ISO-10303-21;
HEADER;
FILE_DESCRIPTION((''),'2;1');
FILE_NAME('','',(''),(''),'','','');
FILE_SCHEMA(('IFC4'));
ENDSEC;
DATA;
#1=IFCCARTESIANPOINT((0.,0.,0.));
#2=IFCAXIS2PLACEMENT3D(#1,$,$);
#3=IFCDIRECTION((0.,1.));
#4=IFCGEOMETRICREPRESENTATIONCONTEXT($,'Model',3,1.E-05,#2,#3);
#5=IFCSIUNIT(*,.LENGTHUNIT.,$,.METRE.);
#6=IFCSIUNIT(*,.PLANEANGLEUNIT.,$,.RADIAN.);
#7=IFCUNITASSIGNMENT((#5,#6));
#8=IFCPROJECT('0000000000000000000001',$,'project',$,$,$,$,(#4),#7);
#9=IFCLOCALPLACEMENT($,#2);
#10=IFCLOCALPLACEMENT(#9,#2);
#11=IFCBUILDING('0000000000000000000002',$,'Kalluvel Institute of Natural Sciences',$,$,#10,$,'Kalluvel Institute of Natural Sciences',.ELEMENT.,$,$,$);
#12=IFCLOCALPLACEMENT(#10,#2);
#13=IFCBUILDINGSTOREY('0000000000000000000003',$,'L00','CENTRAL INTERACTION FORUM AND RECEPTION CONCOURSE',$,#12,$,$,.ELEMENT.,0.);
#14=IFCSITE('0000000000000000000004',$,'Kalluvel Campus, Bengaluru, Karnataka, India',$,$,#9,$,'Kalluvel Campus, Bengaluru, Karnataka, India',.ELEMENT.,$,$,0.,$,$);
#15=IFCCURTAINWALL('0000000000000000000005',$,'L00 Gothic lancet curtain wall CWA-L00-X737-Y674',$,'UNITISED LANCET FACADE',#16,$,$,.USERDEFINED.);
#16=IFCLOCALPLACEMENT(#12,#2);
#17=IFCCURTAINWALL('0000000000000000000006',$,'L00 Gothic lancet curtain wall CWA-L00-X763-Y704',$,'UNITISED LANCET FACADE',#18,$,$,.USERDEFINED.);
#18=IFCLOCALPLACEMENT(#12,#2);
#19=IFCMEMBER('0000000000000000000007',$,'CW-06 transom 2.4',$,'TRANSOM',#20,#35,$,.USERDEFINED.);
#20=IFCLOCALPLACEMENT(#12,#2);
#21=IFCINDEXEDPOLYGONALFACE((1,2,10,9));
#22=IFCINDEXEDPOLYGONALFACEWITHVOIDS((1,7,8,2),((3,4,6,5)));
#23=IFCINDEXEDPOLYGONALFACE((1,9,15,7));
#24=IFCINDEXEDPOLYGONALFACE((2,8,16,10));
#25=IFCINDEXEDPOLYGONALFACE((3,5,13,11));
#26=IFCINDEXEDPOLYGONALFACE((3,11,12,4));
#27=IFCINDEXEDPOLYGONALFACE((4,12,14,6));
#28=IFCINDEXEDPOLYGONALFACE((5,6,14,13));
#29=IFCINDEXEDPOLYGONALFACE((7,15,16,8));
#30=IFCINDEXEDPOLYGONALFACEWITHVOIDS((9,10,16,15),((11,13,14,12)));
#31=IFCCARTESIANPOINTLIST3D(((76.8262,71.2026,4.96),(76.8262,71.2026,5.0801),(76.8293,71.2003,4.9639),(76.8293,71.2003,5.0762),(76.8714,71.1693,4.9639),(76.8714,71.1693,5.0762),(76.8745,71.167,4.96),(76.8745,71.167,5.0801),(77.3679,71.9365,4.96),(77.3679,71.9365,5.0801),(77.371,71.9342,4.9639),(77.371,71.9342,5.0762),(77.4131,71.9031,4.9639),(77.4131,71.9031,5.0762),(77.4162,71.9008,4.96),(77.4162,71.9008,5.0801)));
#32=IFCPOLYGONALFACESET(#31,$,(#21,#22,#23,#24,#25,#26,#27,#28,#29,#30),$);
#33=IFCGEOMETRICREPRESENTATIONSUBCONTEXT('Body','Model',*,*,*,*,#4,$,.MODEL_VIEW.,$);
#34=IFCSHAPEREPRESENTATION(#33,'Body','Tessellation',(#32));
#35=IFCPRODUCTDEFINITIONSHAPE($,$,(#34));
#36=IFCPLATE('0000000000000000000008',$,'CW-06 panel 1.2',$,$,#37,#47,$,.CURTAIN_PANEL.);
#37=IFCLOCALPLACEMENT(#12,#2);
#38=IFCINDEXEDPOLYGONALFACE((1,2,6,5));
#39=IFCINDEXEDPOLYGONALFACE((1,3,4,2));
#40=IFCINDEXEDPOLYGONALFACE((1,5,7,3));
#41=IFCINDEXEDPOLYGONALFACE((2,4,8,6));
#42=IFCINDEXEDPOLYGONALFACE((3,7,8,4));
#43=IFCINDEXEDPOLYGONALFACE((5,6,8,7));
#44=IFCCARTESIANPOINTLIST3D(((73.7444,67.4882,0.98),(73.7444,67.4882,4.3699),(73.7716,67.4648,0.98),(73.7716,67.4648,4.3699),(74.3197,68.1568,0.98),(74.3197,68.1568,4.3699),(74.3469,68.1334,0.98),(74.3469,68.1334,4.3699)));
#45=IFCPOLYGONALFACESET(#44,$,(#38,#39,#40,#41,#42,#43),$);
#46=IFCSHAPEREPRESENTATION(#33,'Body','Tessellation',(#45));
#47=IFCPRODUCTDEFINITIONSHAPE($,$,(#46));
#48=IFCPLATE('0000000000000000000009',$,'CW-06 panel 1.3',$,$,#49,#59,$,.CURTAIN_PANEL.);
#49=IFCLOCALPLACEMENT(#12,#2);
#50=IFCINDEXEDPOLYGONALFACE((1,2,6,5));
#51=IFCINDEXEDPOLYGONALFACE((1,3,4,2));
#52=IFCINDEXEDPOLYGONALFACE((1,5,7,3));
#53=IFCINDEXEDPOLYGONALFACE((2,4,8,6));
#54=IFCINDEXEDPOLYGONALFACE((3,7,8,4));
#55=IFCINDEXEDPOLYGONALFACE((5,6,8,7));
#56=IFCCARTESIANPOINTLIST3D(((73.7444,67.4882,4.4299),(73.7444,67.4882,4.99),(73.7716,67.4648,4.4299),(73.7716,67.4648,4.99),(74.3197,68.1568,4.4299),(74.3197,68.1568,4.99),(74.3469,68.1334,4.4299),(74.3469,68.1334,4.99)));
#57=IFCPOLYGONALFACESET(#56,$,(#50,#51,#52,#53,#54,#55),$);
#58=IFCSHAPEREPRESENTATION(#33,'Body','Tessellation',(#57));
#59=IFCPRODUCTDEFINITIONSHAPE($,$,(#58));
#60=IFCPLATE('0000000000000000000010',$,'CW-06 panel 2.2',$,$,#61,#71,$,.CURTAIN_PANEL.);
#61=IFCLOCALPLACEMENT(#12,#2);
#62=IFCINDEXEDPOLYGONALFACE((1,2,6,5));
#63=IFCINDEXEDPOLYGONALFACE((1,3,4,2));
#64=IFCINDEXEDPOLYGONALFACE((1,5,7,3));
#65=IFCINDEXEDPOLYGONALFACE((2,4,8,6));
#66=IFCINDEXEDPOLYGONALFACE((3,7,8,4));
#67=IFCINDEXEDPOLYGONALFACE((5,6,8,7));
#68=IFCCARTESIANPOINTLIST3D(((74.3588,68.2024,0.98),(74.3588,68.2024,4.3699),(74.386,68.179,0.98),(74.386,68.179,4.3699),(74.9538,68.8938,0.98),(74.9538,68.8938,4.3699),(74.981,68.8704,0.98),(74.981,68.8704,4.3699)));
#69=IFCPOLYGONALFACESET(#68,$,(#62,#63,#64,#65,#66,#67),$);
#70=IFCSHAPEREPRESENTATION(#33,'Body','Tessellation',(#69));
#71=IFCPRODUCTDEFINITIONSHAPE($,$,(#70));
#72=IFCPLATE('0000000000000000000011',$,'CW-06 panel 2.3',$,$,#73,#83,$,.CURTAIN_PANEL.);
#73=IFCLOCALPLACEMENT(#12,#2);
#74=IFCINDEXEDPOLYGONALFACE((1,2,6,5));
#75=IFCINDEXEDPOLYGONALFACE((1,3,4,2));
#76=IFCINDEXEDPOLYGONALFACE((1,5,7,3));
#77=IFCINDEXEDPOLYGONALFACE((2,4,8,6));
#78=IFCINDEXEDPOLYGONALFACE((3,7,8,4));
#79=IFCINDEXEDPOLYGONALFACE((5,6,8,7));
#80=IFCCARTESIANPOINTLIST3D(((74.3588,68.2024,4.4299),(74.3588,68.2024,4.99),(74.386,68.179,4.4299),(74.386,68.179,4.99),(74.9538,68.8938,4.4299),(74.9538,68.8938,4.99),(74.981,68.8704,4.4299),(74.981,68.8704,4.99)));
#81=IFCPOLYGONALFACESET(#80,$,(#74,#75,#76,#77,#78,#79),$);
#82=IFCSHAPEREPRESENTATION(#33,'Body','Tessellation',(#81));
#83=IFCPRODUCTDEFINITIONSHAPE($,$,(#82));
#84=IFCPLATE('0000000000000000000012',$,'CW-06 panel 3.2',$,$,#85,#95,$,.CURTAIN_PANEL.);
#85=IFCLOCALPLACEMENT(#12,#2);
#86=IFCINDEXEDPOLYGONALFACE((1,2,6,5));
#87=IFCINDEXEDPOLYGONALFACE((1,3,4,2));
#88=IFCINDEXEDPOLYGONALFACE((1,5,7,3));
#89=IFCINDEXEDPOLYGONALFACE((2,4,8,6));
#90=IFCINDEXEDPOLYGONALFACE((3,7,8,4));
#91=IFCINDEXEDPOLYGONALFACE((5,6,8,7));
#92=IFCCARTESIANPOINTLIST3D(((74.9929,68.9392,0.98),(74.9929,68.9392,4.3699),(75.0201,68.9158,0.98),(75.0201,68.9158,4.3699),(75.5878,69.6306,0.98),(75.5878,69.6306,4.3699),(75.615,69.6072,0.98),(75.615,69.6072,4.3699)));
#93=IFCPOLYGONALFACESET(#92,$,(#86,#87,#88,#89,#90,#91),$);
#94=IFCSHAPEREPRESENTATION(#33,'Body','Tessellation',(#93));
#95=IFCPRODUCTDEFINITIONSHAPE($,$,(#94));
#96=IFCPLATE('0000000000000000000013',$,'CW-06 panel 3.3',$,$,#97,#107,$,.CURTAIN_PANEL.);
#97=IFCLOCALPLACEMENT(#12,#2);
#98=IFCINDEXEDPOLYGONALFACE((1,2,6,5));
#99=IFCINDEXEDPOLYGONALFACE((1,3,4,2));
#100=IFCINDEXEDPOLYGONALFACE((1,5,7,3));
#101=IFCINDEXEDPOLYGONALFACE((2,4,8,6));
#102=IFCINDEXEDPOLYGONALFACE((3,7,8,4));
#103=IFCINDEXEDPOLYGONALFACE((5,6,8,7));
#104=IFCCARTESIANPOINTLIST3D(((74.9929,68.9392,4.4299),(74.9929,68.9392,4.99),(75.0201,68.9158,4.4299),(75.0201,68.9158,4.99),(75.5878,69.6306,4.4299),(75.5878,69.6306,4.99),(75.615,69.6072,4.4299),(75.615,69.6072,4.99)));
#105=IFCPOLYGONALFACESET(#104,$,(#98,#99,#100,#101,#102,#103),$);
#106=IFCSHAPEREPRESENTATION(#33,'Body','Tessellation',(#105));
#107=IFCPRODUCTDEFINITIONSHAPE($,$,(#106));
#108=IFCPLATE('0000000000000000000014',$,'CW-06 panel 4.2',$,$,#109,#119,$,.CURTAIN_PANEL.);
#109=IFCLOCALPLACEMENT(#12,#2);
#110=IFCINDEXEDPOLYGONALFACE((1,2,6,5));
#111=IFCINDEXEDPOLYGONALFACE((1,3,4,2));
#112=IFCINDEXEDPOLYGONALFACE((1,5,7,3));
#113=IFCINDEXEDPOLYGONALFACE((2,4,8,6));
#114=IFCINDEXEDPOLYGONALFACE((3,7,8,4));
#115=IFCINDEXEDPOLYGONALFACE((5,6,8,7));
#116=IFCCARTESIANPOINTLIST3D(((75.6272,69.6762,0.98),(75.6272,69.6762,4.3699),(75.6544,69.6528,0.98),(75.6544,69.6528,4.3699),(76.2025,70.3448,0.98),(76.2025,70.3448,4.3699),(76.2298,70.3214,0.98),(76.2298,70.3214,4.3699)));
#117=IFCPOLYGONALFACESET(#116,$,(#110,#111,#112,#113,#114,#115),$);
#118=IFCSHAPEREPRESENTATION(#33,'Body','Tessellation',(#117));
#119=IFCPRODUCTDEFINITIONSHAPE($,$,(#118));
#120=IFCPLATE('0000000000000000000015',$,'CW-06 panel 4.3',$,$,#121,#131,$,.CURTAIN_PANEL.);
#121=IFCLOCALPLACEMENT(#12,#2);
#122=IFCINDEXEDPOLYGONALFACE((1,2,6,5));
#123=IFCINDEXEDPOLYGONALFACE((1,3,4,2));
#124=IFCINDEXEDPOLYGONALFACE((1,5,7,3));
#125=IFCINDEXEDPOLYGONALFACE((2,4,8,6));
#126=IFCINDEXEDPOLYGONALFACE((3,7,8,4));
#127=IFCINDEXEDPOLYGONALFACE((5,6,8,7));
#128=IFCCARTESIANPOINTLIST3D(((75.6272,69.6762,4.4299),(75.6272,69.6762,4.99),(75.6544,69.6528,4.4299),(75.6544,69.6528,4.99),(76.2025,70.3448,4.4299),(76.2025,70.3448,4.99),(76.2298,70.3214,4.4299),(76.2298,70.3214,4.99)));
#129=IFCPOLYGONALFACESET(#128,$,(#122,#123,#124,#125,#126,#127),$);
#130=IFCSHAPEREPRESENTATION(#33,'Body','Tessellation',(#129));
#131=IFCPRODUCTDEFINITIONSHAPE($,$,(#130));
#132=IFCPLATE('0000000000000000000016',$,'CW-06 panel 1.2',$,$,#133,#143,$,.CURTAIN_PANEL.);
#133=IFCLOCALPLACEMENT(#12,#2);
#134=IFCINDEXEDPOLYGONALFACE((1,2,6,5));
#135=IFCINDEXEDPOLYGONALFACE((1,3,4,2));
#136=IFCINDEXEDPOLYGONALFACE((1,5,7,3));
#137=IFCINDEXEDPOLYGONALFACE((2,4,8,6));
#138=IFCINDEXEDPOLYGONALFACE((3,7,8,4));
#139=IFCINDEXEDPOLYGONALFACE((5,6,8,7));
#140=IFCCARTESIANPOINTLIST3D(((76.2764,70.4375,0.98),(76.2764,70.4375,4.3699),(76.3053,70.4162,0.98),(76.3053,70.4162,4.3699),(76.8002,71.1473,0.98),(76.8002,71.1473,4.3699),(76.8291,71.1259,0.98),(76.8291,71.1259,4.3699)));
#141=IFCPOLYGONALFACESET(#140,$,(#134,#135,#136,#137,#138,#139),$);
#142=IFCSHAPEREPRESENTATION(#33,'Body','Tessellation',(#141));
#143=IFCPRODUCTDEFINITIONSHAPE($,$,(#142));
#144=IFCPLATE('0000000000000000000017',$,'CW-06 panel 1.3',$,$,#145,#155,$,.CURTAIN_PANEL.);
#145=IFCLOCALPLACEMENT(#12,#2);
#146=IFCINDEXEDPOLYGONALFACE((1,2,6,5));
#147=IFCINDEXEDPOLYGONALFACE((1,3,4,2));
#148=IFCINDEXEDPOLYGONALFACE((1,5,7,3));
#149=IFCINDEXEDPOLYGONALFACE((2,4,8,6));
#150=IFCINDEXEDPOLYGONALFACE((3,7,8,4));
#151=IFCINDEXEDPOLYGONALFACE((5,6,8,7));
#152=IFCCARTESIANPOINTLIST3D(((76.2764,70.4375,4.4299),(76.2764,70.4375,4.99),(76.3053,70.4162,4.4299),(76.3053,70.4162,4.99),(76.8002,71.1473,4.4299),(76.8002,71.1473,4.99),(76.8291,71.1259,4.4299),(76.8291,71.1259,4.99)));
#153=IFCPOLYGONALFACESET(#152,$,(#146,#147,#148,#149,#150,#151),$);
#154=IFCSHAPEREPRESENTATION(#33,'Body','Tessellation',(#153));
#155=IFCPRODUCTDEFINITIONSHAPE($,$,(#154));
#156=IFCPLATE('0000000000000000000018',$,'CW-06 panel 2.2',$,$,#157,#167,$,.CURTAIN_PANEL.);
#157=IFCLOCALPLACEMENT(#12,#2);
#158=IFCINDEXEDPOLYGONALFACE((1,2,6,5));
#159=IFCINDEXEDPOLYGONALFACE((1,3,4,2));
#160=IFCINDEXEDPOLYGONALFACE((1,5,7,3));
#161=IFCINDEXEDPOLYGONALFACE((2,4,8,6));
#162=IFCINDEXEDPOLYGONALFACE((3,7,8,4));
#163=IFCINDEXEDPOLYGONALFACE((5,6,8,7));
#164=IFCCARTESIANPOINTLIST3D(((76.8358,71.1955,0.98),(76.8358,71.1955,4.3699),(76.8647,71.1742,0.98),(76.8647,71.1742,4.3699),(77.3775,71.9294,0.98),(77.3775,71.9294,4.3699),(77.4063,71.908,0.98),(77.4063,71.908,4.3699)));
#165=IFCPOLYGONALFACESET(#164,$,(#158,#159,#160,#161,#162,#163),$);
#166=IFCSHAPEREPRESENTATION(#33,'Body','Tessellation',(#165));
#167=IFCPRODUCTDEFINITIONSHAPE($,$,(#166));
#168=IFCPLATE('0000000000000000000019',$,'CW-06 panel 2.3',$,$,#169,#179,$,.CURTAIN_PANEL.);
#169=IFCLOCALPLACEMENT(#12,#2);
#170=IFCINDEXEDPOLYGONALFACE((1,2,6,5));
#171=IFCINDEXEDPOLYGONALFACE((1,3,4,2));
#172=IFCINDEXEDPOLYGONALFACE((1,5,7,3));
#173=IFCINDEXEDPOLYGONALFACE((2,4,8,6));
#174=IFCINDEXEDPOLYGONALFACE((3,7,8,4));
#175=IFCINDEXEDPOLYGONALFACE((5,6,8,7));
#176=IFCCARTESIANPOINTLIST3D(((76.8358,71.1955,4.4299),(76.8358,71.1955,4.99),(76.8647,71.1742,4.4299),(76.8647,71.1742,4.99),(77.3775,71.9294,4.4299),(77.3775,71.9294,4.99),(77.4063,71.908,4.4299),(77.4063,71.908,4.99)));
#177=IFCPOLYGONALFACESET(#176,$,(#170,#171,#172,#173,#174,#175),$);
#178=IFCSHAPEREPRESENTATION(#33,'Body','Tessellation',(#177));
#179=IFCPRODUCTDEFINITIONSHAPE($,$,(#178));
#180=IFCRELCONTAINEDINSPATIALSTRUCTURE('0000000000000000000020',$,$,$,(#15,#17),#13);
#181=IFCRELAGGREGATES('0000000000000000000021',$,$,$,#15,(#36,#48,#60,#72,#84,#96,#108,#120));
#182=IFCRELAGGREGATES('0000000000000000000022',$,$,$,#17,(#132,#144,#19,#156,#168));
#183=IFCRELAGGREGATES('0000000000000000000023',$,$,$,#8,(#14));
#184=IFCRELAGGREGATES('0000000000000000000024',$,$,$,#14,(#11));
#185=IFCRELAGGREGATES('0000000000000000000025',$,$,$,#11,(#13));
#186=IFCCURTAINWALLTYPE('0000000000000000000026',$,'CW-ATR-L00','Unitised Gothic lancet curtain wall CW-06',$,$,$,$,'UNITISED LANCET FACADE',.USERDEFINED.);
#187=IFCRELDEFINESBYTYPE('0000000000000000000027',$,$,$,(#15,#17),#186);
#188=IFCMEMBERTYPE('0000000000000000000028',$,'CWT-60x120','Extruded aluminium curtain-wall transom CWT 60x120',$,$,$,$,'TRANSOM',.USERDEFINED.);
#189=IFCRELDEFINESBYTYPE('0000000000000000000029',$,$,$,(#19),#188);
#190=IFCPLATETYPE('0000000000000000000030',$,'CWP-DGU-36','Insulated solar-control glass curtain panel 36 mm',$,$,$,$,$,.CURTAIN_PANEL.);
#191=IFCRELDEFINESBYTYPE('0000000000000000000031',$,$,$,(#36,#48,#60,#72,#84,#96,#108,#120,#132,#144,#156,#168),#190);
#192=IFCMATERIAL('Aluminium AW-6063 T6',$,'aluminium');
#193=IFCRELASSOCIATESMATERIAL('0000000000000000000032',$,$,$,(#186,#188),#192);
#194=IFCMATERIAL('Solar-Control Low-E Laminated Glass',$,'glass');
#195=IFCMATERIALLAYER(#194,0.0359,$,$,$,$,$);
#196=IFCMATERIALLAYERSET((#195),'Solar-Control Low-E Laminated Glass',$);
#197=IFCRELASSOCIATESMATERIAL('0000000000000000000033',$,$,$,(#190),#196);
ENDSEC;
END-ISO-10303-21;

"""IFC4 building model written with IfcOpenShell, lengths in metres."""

from ifc_helpers import new_model, si_unit, direction, frame, origin, origin_2d, place, context, subcontext, project, spatial, rectangle, hollow_rectangle, extrude, material, layer, layer_set, material_profile, profile_set, type_object, element, aggregate, save


model = new_model("IFC4")

# Units and contexts
model_context = context("Model", 3, precision=1e-05, world=origin(), true_north=direction((0.0, 1.0)))
body_context = subcontext(model_context, "Body", "Model", "MODEL_VIEW")
ifc_project = project(units=[si_unit("LENGTHUNIT", "METRE"), si_unit("PLANEANGLEUNIT", "RADIAN")], contexts=[model_context])

# Site, building, storey
site_placement = place(None, origin())
site = spatial("IfcSite", under=ifc_project, at=site_placement, Name="Kalluvel Campus, Bengaluru, Karnataka, India", LongName="Kalluvel Campus, Bengaluru, Karnataka, India", CompositionType="ELEMENT", RefElevation=0.0)
building_placement = place(site_placement, origin())
building = spatial("IfcBuilding", under=site, at=building_placement, Name="Kalluvel Institute of Natural Sciences", LongName="Kalluvel Institute of Natural Sciences", CompositionType="ELEMENT")
storey_placement = place(building_placement, origin())
storey = spatial("IfcBuildingStorey", under=building, at=storey_placement, Name="L00", Description="CENTRAL INTERACTION FORUM AND RECEPTION CONCOURSE", CompositionType="ELEMENT", Elevation=0.0)

# Curtain walls, member
ifc_material_1 = material(Name="Aluminium AW-6063 T6", Category="aluminium")
curtain_wall_type = type_object("IfcCurtainWallType", Name="CW-ATR-L00", Description="Unitised Gothic lancet curtain wall CW-06", ElementType="UNITISED LANCET FACADE", PredefinedType="USERDEFINED", material=ifc_material_1)
curtain_wall_1_placement = place(storey_placement, origin())
curtain_wall_1 = element("IfcCurtainWall", 1, at=curtain_wall_1_placement, inside=storey, type_object=curtain_wall_type, Name="L00 Gothic lancet curtain wall CWA-L00-X737-Y674", ObjectType="UNITISED LANCET FACADE", PredefinedType="USERDEFINED")
ifc_material_profile = material_profile(ifc_material_1, hollow_rectangle(XDim=0.0601, YDim=0.1201, WallThickness=0.0039, at=origin_2d()), Name="CWT 60x120")
ifc_profile_set = profile_set([ifc_material_profile], Name="Aluminium AW-6063 T6")
member_type = type_object("IfcMemberType", Name="CWT-60x120", Description="Extruded aluminium curtain-wall transom CWT 60x120", ElementType="TRANSOM", PredefinedType="USERDEFINED", material=ifc_profile_set)
curtain_wall_2_placement = place(storey_placement, origin())
curtain_wall_2 = element("IfcCurtainWall", 2, at=curtain_wall_2_placement, inside=storey, type_object=curtain_wall_type, Name="L00 Gothic lancet curtain wall CWA-L00-X763-Y704", ObjectType="UNITISED LANCET FACADE", PredefinedType="USERDEFINED")
member_1_placement = place(storey_placement, frame((76.8503, 71.1848, 5.02), z_axis=(0.593902, 0.804538, 0.0), x_axis=(-0.804538, 0.593902, 0.0)))
member_1 = element("IfcMember", 3, at=member_1_placement, type_object=member_type, Name="CW-06 transom 2.4", ObjectType="TRANSOM", PredefinedType="USERDEFINED", context=body_context, shape_type="SweptSolid", body=[
    extrude(hollow_rectangle(XDim=0.0601, YDim=0.1201, WallThickness=0.0039, at=origin_2d()), origin(), (0.0, 0.0, 1.0), 0.9121),
])

# Plates
ifc_material_2 = material(Name="Solar-Control Low-E Laminated Glass", Category="glass")
ifc_layer = layer(ifc_material_2, 0.0359)
ifc_layer_set = layer_set([ifc_layer], Name="Solar-Control Low-E Laminated Glass")
plate_type = type_object("IfcPlateType", Name="CWP-DGU-36", Description="Insulated solar-control glass curtain panel 36 mm", PredefinedType="CURTAIN_PANEL", material=ifc_layer_set)
plate_1_placement = place(storey_placement, frame((74.0457, 67.8108, 0.98), z_axis=(0.0, 0.0, 1.0), x_axis=(0.652283, 0.757975, 0.0)))
plate_1 = element("IfcPlate", 4, at=plate_1_placement, type_object=plate_type, Name="CW-06 panel 1.2", PredefinedType="CURTAIN_PANEL", context=body_context, shape_type="SweptSolid", body=[
    extrude(rectangle(XDim=0.8821, YDim=0.0359, at=origin_2d()), origin(), (0.0, 0.0, 1.0), 3.3899),
])
plate_2_placement = place(storey_placement, frame((74.0457, 67.8108, 4.4299), z_axis=(0.0, 0.0, 1.0), x_axis=(0.652283, 0.757975, 0.0)))
plate_2 = element("IfcPlate", 5, at=plate_2_placement, type_object=plate_type, Name="CW-06 panel 1.3", PredefinedType="CURTAIN_PANEL", context=body_context, shape_type="SweptSolid", body=[
    extrude(rectangle(XDim=0.8821, YDim=0.0359, at=origin_2d()), origin(), (0.0, 0.0, 1.0), 0.5601),
])
plate_3_placement = place(storey_placement, frame((74.6699, 68.5364, 0.98), z_axis=(0.0, 0.0, 1.0), x_axis=(0.652283, 0.757975, 0.0)))
plate_3 = element("IfcPlate", 6, at=plate_3_placement, type_object=plate_type, Name="CW-06 panel 2.2", PredefinedType="CURTAIN_PANEL", context=body_context, shape_type="SweptSolid", body=[
    extrude(rectangle(XDim=0.9121, YDim=0.0359, at=origin_2d()), origin(), (0.0, 0.0, 1.0), 3.3899),
])
plate_4_placement = place(storey_placement, frame((74.6699, 68.5364, 4.4299), z_axis=(0.0, 0.0, 1.0), x_axis=(0.652283, 0.757975, 0.0)))
plate_4 = element("IfcPlate", 7, at=plate_4_placement, type_object=plate_type, Name="CW-06 panel 2.3", PredefinedType="CURTAIN_PANEL", context=body_context, shape_type="SweptSolid", body=[
    extrude(rectangle(XDim=0.9121, YDim=0.0359, at=origin_2d()), origin(), (0.0, 0.0, 1.0), 0.5601),
])
plate_5_placement = place(storey_placement, frame((75.304, 69.2732, 0.98), z_axis=(0.0, 0.0, 1.0), x_axis=(0.652283, 0.757975, 0.0)))
plate_5 = element("IfcPlate", 8, at=plate_5_placement, type_object=plate_type, Name="CW-06 panel 3.2", PredefinedType="CURTAIN_PANEL", context=body_context, shape_type="SweptSolid", body=[
    extrude(rectangle(XDim=0.9121, YDim=0.0359, at=origin_2d()), origin(), (0.0, 0.0, 1.0), 3.3899),
])
plate_6_placement = place(storey_placement, frame((75.304, 69.2732, 4.4299), z_axis=(0.0, 0.0, 1.0), x_axis=(0.652283, 0.757975, 0.0)))
plate_6 = element("IfcPlate", 9, at=plate_6_placement, type_object=plate_type, Name="CW-06 panel 3.3", PredefinedType="CURTAIN_PANEL", context=body_context, shape_type="SweptSolid", body=[
    extrude(rectangle(XDim=0.9121, YDim=0.0359, at=origin_2d()), origin(), (0.0, 0.0, 1.0), 0.5601),
])
plate_7_placement = place(storey_placement, frame((75.9285, 69.9988, 0.98), z_axis=(0.0, 0.0, 1.0), x_axis=(0.652283, 0.757975, 0.0)))
plate_7 = element("IfcPlate", 10, at=plate_7_placement, type_object=plate_type, Name="CW-06 panel 4.2", PredefinedType="CURTAIN_PANEL", context=body_context, shape_type="SweptSolid", body=[
    extrude(rectangle(XDim=0.8821, YDim=0.0359, at=origin_2d()), origin(), (0.0, 0.0, 1.0), 3.3899),
])
plate_8_placement = place(storey_placement, frame((75.9285, 69.9988, 4.4299), z_axis=(0.0, 0.0, 1.0), x_axis=(0.652283, 0.757975, 0.0)))
plate_8 = element("IfcPlate", 11, at=plate_8_placement, type_object=plate_type, Name="CW-06 panel 4.3", PredefinedType="CURTAIN_PANEL", context=body_context, shape_type="SweptSolid", body=[
    extrude(rectangle(XDim=0.8821, YDim=0.0359, at=origin_2d()), origin(), (0.0, 0.0, 1.0), 0.5601),
])
aggregate(curtain_wall_1, [plate_1, plate_2, plate_3, plate_4, plate_5, plate_6, plate_7, plate_8])
plate_9_placement = place(storey_placement, frame((76.5527, 70.7817, 0.98), z_axis=(0.0, 0.0, 1.0), x_axis=(0.593815, 0.804602, 0.0)))
plate_9 = element("IfcPlate", 12, at=plate_9_placement, type_object=plate_type, Name="CW-06 panel 1.2", PredefinedType="CURTAIN_PANEL", context=body_context, shape_type="SweptSolid", body=[
    extrude(rectangle(XDim=0.8821, YDim=0.0359, at=origin_2d()), origin(), (0.0, 0.0, 1.0), 3.3899),
])
plate_10_placement = place(storey_placement, frame((76.5527, 70.7817, 4.4299), z_axis=(0.0, 0.0, 1.0), x_axis=(0.593815, 0.804602, 0.0)))
plate_10 = element("IfcPlate", 13, at=plate_10_placement, type_object=plate_type, Name="CW-06 panel 1.3", PredefinedType="CURTAIN_PANEL", context=body_context, shape_type="SweptSolid", body=[
    extrude(rectangle(XDim=0.8821, YDim=0.0359, at=origin_2d()), origin(), (0.0, 0.0, 1.0), 0.5601),
])
plate_11_placement = place(storey_placement, frame((77.1211, 71.5518, 0.98), z_axis=(0.0, 0.0, 1.0), x_axis=(0.593815, 0.804602, 0.0)))
plate_11 = element("IfcPlate", 14, at=plate_11_placement, type_object=plate_type, Name="CW-06 panel 2.2", PredefinedType="CURTAIN_PANEL", context=body_context, shape_type="SweptSolid", body=[
    extrude(rectangle(XDim=0.9121, YDim=0.0359, at=origin_2d()), origin(), (0.0, 0.0, 1.0), 3.3899),
])
plate_12_placement = place(storey_placement, frame((77.1211, 71.5518, 4.4299), z_axis=(0.0, 0.0, 1.0), x_axis=(0.593815, 0.804602, 0.0)))
plate_12 = element("IfcPlate", 15, at=plate_12_placement, type_object=plate_type, Name="CW-06 panel 2.3", PredefinedType="CURTAIN_PANEL", context=body_context, shape_type="SweptSolid", body=[
    extrude(rectangle(XDim=0.9121, YDim=0.0359, at=origin_2d()), origin(), (0.0, 0.0, 1.0), 0.5601),
])
aggregate(curtain_wall_2, [plate_9, plate_10, member_1, plate_11, plate_12])

save(model, "model.ifc")
